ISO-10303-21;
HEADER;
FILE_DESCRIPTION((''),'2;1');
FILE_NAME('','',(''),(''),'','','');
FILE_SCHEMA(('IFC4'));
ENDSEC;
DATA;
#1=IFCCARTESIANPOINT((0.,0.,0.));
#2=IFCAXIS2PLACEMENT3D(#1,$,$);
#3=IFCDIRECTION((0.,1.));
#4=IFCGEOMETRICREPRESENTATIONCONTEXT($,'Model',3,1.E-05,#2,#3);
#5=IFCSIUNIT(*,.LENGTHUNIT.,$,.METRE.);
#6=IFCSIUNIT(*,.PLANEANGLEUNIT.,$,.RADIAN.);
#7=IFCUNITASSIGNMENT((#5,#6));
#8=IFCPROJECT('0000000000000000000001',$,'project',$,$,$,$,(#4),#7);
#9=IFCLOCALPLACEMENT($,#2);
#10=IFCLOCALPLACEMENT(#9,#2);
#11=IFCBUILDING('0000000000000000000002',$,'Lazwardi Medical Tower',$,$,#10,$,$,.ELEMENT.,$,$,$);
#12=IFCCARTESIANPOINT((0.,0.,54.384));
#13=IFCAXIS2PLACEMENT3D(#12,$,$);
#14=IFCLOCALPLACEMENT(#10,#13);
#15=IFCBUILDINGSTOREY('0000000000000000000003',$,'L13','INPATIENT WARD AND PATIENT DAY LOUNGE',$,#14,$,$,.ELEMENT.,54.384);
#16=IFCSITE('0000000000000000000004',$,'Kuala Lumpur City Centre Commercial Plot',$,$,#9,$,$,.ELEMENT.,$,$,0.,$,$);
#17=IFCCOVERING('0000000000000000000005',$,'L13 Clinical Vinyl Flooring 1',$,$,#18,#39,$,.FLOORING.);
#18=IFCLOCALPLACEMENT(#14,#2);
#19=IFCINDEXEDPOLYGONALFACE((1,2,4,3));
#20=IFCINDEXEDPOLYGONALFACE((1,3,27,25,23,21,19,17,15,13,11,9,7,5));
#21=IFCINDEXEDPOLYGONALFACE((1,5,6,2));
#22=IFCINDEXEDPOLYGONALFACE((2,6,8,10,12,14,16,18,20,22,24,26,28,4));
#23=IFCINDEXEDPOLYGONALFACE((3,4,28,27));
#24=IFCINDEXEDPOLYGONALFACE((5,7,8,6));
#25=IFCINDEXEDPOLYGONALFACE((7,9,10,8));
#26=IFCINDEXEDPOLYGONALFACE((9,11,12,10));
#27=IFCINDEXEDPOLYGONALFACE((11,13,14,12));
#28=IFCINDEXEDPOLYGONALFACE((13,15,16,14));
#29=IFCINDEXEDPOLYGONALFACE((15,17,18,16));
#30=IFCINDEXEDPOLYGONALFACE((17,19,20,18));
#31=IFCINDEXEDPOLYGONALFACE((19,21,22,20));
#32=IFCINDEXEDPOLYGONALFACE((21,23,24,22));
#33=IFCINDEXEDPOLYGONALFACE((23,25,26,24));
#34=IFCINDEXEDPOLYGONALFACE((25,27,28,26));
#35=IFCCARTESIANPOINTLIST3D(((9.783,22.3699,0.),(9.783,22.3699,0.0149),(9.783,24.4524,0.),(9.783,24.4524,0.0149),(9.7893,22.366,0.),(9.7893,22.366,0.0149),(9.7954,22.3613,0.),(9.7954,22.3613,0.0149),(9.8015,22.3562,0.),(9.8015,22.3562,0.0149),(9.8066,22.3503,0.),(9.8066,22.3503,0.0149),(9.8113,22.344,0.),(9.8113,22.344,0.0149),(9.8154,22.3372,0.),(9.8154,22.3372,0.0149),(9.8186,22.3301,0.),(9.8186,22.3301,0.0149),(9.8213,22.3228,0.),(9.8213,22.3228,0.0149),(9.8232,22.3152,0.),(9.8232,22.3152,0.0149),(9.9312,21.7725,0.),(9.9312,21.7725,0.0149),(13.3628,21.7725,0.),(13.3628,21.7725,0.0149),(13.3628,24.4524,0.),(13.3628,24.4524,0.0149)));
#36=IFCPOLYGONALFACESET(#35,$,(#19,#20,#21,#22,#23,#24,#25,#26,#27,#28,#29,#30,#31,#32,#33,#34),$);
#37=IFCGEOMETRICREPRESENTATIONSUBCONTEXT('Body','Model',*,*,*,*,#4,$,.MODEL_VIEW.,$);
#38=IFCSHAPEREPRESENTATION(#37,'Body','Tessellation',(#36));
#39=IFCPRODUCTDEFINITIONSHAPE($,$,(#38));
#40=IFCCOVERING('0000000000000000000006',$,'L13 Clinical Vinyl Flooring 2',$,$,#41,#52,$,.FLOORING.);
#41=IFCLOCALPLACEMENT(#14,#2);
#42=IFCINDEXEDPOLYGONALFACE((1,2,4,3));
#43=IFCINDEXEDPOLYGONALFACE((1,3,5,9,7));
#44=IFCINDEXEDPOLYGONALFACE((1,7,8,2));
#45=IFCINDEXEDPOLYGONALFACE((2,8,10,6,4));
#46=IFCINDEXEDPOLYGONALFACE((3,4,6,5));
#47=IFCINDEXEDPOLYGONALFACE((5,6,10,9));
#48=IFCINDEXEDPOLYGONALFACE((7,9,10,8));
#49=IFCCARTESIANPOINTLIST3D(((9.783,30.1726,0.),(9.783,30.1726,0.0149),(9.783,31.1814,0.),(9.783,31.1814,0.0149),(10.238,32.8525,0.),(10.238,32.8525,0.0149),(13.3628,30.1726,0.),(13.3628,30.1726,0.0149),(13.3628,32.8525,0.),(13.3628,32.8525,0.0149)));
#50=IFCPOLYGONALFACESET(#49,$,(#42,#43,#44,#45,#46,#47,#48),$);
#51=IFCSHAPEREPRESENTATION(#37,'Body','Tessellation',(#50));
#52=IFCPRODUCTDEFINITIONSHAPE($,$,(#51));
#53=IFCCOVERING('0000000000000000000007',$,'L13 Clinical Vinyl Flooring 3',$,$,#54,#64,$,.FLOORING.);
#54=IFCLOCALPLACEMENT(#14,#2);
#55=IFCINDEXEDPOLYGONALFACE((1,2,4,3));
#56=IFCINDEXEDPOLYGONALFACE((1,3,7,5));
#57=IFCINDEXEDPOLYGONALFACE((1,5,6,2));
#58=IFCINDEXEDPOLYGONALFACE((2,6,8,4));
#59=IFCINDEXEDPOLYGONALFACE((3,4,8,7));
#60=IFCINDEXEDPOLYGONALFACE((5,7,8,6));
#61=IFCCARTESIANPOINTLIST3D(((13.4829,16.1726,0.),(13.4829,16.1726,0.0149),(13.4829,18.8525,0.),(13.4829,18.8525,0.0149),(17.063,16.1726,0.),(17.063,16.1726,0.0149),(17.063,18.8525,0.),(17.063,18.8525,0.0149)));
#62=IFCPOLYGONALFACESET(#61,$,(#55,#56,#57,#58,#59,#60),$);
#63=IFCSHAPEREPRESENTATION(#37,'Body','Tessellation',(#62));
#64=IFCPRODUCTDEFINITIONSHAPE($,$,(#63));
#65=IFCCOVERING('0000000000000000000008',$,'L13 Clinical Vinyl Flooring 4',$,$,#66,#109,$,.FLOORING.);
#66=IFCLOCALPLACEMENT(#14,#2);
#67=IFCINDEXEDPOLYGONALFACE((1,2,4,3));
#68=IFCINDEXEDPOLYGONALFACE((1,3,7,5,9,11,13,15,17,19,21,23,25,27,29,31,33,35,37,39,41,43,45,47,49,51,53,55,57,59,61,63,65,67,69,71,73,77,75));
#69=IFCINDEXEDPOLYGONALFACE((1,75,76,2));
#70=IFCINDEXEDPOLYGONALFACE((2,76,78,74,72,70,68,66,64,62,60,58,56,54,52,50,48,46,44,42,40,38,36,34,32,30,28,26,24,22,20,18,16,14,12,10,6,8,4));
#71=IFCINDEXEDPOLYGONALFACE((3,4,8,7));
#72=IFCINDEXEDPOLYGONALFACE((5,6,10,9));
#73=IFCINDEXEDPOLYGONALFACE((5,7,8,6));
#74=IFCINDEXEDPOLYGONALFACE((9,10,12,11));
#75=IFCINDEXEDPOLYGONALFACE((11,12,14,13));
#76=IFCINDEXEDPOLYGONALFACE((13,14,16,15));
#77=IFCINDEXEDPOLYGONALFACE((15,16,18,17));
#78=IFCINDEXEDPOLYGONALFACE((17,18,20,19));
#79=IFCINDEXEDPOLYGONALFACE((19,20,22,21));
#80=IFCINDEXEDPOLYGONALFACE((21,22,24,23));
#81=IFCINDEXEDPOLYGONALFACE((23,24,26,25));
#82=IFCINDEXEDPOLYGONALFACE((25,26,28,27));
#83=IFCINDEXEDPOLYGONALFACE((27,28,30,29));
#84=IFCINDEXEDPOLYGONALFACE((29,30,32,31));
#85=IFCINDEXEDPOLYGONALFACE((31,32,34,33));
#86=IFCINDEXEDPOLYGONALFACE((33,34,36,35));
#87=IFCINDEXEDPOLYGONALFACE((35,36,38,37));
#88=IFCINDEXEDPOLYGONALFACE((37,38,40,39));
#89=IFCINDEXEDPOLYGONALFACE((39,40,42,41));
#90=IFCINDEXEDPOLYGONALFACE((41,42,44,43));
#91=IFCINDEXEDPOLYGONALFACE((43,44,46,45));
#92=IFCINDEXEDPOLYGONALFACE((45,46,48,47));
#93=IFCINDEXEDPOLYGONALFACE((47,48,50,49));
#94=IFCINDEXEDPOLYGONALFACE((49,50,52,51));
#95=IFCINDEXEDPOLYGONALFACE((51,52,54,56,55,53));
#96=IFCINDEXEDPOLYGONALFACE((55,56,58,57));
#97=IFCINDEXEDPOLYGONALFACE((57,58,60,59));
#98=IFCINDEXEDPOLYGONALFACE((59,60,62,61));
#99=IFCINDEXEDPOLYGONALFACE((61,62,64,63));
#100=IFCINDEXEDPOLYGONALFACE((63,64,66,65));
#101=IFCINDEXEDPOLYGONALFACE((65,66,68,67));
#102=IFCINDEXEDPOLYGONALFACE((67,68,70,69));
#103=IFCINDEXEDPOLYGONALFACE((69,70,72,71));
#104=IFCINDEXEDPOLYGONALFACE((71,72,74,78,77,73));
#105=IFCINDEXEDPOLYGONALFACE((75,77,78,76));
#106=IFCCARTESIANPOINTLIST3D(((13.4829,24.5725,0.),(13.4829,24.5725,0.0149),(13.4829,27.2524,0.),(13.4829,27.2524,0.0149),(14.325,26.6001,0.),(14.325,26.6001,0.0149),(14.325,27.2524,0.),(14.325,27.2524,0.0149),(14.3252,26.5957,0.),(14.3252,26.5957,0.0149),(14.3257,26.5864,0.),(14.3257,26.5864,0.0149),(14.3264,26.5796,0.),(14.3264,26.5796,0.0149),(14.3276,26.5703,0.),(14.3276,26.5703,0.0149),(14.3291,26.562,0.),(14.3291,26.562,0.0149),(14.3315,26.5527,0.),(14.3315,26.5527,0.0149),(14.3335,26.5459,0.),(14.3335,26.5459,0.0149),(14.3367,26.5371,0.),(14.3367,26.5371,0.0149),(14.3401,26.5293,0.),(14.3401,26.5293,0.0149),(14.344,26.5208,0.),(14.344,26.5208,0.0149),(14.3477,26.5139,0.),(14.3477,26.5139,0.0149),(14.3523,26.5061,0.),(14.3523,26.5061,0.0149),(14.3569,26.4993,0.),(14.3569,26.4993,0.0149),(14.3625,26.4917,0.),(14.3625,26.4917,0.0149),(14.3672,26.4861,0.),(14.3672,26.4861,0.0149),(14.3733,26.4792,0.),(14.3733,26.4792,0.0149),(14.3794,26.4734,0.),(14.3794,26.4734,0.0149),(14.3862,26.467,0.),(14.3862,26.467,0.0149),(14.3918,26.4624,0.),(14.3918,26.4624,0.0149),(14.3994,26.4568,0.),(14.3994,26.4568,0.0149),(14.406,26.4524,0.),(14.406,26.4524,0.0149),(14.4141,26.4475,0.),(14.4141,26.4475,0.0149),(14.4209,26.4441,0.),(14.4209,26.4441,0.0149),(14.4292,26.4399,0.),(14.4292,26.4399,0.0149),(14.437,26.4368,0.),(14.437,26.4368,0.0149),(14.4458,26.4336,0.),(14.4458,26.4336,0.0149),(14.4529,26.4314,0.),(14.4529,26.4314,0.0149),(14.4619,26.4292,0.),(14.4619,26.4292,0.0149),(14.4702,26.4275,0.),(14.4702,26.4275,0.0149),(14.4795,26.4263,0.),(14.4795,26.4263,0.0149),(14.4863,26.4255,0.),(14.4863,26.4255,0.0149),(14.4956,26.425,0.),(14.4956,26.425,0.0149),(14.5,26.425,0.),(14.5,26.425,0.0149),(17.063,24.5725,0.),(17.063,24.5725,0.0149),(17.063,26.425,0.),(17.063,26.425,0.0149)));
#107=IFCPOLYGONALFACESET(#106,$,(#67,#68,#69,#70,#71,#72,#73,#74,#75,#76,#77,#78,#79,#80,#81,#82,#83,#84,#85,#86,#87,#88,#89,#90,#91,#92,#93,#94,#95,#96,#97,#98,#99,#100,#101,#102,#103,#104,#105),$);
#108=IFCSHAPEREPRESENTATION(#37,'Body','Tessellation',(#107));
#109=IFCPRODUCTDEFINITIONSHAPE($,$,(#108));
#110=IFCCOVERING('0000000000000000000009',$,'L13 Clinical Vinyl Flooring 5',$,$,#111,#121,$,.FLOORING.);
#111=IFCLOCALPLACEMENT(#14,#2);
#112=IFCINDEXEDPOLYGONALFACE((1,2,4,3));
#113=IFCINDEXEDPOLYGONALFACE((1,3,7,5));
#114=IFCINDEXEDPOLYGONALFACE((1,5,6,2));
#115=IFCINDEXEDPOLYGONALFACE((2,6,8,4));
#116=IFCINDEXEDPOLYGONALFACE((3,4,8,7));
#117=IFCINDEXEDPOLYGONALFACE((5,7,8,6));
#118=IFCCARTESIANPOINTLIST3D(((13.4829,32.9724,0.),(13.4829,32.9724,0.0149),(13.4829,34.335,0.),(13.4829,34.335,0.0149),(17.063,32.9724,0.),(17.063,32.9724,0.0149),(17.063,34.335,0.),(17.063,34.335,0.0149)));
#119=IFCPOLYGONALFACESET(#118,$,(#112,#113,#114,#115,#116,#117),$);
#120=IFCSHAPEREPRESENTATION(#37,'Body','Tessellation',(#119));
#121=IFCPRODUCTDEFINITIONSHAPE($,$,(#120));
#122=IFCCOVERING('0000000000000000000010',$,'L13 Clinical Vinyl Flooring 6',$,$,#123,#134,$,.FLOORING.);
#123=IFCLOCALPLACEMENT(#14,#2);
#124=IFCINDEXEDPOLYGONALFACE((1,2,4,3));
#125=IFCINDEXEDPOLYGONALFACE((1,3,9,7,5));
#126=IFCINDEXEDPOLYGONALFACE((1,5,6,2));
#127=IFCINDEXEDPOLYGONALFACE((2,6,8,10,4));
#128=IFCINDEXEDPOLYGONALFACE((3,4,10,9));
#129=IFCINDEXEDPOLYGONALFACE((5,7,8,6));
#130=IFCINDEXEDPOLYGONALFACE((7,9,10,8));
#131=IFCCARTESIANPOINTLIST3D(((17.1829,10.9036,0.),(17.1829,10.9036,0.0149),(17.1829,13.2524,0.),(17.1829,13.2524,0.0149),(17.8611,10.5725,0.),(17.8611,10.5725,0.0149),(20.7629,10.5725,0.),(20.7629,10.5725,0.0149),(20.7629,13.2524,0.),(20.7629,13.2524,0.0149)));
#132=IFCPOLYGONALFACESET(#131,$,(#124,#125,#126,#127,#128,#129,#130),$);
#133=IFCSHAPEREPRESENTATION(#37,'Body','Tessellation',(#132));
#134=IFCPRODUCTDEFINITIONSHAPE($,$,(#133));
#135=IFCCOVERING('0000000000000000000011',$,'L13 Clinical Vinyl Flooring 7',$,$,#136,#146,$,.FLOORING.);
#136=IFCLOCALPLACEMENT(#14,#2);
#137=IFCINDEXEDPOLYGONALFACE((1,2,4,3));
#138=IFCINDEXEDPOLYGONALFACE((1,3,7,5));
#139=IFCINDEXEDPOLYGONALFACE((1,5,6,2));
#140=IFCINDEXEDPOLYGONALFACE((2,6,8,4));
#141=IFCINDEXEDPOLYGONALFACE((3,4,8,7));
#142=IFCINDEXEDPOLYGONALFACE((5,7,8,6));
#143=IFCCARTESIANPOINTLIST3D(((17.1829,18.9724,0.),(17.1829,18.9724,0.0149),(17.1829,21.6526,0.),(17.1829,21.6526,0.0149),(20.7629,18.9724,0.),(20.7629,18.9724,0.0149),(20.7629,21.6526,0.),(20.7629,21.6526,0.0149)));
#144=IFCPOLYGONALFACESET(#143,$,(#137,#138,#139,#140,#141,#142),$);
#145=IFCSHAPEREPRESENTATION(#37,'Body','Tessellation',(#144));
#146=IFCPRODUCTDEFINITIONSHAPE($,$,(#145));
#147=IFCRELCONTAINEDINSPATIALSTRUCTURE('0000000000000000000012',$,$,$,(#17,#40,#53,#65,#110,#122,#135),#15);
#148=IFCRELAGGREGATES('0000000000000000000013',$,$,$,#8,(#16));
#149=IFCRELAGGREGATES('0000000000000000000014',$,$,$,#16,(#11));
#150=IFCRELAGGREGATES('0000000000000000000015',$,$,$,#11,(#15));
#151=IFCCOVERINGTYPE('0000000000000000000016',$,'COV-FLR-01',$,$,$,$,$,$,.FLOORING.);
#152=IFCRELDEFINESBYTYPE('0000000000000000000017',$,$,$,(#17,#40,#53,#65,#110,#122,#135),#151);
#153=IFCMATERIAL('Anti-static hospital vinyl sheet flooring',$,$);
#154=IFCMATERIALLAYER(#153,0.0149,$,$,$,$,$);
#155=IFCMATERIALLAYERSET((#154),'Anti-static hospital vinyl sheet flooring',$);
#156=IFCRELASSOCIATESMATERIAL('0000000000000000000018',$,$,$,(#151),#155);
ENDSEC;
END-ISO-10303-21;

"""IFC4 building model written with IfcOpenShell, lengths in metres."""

from ifc_helpers import new_model, si_unit, direction, frame, origin, place, context, subcontext, project, spatial, polyline, outline, extrude, material, layer, layer_set, type_object, element, save


model = new_model("IFC4")

# Units and contexts
model_context = context("Model", 3, precision=1e-05, world=origin(), true_north=direction((0.0, 1.0)))
body_context = subcontext(model_context, "Body", "Model", "MODEL_VIEW")
ifc_project = project(units=[si_unit("LENGTHUNIT", "METRE"), si_unit("PLANEANGLEUNIT", "RADIAN")], contexts=[model_context])

# Site, building, storey
site_placement = place(None, origin())
site = spatial("IfcSite", under=ifc_project, at=site_placement, Name="Kuala Lumpur City Centre Commercial Plot", CompositionType="ELEMENT", RefElevation=0.0)
building_placement = place(site_placement, origin())
building = spatial("IfcBuilding", under=site, at=building_placement, Name="Lazwardi Medical Tower", CompositionType="ELEMENT")
storey_placement = place(building_placement, frame((0.0, 0.0, 54.384)))
storey = spatial("IfcBuildingStorey", under=building, at=storey_placement, Name="L13", Description="INPATIENT WARD AND PATIENT DAY LOUNGE", CompositionType="ELEMENT", Elevation=54.384)

# Coverings
ifc_material_1 = material(Name="Anti-static hospital vinyl sheet flooring")
ifc_layer_1 = layer(ifc_material_1, 0.0149)
ifc_layer_set_1 = layer_set([ifc_layer_1], Name="Anti-static hospital vinyl sheet flooring")
covering_type_1 = type_object("IfcCoveringType", Name="COV-FLR-01", PredefinedType="FLOORING", material=ifc_layer_set_1)
covering_1_placement = place(storey_placement, origin())
element("IfcCovering", 1, at=covering_1_placement, inside=storey, type_object=covering_type_1, Name="L13 Clinical Vinyl Flooring 1", PredefinedType="FLOORING", context=body_context, shape_type="SweptSolid", body=[
    extrude(outline(polyline([(9.783, 22.3699), (9.7893, 22.366), (9.7954, 22.3613), (9.8015, 22.3562), (9.8066, 22.3503), (9.8113, 22.344), (9.8154, 22.3372), (9.8186, 22.3301), (9.8213, 22.3228), (9.8232, 22.3152), (9.9312, 21.7725), (13.3628, 21.7725), (13.3628, 24.4524), (9.783, 24.4524), (9.783, 22.3699)])), origin(), (0.0, 0.0, 1.0), 0.0149),
])
covering_2_placement = place(storey_placement, origin())
element("IfcCovering", 2, at=covering_2_placement, inside=storey, type_object=covering_type_1, Name="L13 Clinical Vinyl Flooring 2", PredefinedType="FLOORING", context=body_context, shape_type="SweptSolid", body=[
    extrude(outline(polyline([(10.238, 32.8525), (9.783, 31.1814), (9.783, 30.1726), (13.3628, 30.1726), (13.3628, 32.8525), (10.238, 32.8525)])), origin(), (0.0, 0.0, 1.0), 0.0149),
])
covering_3_placement = place(storey_placement, origin())
element("IfcCovering", 3, at=covering_3_placement, inside=storey, type_object=covering_type_1, Name="L13 Clinical Vinyl Flooring 3", PredefinedType="FLOORING", context=body_context, shape_type="SweptSolid", body=[
    extrude(outline(polyline([(17.063, 16.1726), (17.063, 18.8525), (13.4829, 18.8525), (13.4829, 16.1726), (17.063, 16.1726)])), origin(), (0.0, 0.0, 1.0), 0.0149),
])
covering_4_placement = place(storey_placement, origin())
element("IfcCovering", 4, at=covering_4_placement, inside=storey, type_object=covering_type_1, Name="L13 Clinical Vinyl Flooring 4", PredefinedType="FLOORING", context=body_context, shape_type="SweptSolid", body=[
    extrude(outline(polyline([(17.063, 26.425), (14.5, 26.425), (14.4956, 26.425), (14.4863, 26.4255), (14.4795, 26.4263), (14.4702, 26.4275), (14.4619, 26.4292), (14.4529, 26.4314), (14.4458, 26.4336), (14.437, 26.4368), (14.4292, 26.4399), (14.4209, 26.4441), (14.4141, 26.4475), (14.406, 26.4524), (14.3994, 26.4568), (14.3918, 26.4624), (14.3862, 26.467), (14.3794, 26.4734), (14.3733, 26.4792), (14.3672, 26.4861), (14.3625, 26.4917), (14.3569, 26.4993), (14.3523, 26.5061), (14.3477, 26.5139), (14.344, 26.5208), (14.3401, 26.5293), (14.3367, 26.5371), (14.3335, 26.5459), (14.3315, 26.5527), (14.3291, 26.562), (14.3276, 26.5703), (14.3264, 26.5796), (14.3257, 26.5864), (14.3252, 26.5957), (14.325, 26.6001), (14.325, 27.2524), (13.4829, 27.2524), (13.4829, 24.5725), (17.063, 24.5725), (17.063, 26.425)])), origin(), (0.0, 0.0, 1.0), 0.0149),
])
covering_5_placement = place(storey_placement, origin())
element("IfcCovering", 5, at=covering_5_placement, inside=storey, type_object=covering_type_1, Name="L13 Clinical Vinyl Flooring 5", PredefinedType="FLOORING", context=body_context, shape_type="SweptSolid", body=[
    extrude(outline(polyline([(17.063, 34.335), (13.4829, 34.335), (13.4829, 32.9724), (17.063, 32.9724), (17.063, 34.335)])), origin(), (0.0, 0.0, 1.0), 0.0149),
])
covering_6_placement = place(storey_placement, origin())
element("IfcCovering", 6, at=covering_6_placement, inside=storey, type_object=covering_type_1, Name="L13 Clinical Vinyl Flooring 6", PredefinedType="FLOORING", context=body_context, shape_type="SweptSolid", body=[
    extrude(outline(polyline([(17.1829, 10.9036), (17.8611, 10.5725), (20.7629, 10.5725), (20.7629, 13.2524), (17.1829, 13.2524), (17.1829, 10.9036)])), origin(), (0.0, 0.0, 1.0), 0.0149),
])
covering_7_placement = place(storey_placement, origin())
element("IfcCovering", 7, at=covering_7_placement, inside=storey, type_object=covering_type_1, Name="L13 Clinical Vinyl Flooring 7", PredefinedType="FLOORING", context=body_context, shape_type="SweptSolid", body=[
    extrude(outline(polyline([(20.7629, 18.9724), (20.7629, 21.6526), (17.1829, 21.6526), (17.1829, 18.9724), (20.7629, 18.9724)])), origin(), (0.0, 0.0, 1.0), 0.0149),
])

save(model, "model.ifc")
